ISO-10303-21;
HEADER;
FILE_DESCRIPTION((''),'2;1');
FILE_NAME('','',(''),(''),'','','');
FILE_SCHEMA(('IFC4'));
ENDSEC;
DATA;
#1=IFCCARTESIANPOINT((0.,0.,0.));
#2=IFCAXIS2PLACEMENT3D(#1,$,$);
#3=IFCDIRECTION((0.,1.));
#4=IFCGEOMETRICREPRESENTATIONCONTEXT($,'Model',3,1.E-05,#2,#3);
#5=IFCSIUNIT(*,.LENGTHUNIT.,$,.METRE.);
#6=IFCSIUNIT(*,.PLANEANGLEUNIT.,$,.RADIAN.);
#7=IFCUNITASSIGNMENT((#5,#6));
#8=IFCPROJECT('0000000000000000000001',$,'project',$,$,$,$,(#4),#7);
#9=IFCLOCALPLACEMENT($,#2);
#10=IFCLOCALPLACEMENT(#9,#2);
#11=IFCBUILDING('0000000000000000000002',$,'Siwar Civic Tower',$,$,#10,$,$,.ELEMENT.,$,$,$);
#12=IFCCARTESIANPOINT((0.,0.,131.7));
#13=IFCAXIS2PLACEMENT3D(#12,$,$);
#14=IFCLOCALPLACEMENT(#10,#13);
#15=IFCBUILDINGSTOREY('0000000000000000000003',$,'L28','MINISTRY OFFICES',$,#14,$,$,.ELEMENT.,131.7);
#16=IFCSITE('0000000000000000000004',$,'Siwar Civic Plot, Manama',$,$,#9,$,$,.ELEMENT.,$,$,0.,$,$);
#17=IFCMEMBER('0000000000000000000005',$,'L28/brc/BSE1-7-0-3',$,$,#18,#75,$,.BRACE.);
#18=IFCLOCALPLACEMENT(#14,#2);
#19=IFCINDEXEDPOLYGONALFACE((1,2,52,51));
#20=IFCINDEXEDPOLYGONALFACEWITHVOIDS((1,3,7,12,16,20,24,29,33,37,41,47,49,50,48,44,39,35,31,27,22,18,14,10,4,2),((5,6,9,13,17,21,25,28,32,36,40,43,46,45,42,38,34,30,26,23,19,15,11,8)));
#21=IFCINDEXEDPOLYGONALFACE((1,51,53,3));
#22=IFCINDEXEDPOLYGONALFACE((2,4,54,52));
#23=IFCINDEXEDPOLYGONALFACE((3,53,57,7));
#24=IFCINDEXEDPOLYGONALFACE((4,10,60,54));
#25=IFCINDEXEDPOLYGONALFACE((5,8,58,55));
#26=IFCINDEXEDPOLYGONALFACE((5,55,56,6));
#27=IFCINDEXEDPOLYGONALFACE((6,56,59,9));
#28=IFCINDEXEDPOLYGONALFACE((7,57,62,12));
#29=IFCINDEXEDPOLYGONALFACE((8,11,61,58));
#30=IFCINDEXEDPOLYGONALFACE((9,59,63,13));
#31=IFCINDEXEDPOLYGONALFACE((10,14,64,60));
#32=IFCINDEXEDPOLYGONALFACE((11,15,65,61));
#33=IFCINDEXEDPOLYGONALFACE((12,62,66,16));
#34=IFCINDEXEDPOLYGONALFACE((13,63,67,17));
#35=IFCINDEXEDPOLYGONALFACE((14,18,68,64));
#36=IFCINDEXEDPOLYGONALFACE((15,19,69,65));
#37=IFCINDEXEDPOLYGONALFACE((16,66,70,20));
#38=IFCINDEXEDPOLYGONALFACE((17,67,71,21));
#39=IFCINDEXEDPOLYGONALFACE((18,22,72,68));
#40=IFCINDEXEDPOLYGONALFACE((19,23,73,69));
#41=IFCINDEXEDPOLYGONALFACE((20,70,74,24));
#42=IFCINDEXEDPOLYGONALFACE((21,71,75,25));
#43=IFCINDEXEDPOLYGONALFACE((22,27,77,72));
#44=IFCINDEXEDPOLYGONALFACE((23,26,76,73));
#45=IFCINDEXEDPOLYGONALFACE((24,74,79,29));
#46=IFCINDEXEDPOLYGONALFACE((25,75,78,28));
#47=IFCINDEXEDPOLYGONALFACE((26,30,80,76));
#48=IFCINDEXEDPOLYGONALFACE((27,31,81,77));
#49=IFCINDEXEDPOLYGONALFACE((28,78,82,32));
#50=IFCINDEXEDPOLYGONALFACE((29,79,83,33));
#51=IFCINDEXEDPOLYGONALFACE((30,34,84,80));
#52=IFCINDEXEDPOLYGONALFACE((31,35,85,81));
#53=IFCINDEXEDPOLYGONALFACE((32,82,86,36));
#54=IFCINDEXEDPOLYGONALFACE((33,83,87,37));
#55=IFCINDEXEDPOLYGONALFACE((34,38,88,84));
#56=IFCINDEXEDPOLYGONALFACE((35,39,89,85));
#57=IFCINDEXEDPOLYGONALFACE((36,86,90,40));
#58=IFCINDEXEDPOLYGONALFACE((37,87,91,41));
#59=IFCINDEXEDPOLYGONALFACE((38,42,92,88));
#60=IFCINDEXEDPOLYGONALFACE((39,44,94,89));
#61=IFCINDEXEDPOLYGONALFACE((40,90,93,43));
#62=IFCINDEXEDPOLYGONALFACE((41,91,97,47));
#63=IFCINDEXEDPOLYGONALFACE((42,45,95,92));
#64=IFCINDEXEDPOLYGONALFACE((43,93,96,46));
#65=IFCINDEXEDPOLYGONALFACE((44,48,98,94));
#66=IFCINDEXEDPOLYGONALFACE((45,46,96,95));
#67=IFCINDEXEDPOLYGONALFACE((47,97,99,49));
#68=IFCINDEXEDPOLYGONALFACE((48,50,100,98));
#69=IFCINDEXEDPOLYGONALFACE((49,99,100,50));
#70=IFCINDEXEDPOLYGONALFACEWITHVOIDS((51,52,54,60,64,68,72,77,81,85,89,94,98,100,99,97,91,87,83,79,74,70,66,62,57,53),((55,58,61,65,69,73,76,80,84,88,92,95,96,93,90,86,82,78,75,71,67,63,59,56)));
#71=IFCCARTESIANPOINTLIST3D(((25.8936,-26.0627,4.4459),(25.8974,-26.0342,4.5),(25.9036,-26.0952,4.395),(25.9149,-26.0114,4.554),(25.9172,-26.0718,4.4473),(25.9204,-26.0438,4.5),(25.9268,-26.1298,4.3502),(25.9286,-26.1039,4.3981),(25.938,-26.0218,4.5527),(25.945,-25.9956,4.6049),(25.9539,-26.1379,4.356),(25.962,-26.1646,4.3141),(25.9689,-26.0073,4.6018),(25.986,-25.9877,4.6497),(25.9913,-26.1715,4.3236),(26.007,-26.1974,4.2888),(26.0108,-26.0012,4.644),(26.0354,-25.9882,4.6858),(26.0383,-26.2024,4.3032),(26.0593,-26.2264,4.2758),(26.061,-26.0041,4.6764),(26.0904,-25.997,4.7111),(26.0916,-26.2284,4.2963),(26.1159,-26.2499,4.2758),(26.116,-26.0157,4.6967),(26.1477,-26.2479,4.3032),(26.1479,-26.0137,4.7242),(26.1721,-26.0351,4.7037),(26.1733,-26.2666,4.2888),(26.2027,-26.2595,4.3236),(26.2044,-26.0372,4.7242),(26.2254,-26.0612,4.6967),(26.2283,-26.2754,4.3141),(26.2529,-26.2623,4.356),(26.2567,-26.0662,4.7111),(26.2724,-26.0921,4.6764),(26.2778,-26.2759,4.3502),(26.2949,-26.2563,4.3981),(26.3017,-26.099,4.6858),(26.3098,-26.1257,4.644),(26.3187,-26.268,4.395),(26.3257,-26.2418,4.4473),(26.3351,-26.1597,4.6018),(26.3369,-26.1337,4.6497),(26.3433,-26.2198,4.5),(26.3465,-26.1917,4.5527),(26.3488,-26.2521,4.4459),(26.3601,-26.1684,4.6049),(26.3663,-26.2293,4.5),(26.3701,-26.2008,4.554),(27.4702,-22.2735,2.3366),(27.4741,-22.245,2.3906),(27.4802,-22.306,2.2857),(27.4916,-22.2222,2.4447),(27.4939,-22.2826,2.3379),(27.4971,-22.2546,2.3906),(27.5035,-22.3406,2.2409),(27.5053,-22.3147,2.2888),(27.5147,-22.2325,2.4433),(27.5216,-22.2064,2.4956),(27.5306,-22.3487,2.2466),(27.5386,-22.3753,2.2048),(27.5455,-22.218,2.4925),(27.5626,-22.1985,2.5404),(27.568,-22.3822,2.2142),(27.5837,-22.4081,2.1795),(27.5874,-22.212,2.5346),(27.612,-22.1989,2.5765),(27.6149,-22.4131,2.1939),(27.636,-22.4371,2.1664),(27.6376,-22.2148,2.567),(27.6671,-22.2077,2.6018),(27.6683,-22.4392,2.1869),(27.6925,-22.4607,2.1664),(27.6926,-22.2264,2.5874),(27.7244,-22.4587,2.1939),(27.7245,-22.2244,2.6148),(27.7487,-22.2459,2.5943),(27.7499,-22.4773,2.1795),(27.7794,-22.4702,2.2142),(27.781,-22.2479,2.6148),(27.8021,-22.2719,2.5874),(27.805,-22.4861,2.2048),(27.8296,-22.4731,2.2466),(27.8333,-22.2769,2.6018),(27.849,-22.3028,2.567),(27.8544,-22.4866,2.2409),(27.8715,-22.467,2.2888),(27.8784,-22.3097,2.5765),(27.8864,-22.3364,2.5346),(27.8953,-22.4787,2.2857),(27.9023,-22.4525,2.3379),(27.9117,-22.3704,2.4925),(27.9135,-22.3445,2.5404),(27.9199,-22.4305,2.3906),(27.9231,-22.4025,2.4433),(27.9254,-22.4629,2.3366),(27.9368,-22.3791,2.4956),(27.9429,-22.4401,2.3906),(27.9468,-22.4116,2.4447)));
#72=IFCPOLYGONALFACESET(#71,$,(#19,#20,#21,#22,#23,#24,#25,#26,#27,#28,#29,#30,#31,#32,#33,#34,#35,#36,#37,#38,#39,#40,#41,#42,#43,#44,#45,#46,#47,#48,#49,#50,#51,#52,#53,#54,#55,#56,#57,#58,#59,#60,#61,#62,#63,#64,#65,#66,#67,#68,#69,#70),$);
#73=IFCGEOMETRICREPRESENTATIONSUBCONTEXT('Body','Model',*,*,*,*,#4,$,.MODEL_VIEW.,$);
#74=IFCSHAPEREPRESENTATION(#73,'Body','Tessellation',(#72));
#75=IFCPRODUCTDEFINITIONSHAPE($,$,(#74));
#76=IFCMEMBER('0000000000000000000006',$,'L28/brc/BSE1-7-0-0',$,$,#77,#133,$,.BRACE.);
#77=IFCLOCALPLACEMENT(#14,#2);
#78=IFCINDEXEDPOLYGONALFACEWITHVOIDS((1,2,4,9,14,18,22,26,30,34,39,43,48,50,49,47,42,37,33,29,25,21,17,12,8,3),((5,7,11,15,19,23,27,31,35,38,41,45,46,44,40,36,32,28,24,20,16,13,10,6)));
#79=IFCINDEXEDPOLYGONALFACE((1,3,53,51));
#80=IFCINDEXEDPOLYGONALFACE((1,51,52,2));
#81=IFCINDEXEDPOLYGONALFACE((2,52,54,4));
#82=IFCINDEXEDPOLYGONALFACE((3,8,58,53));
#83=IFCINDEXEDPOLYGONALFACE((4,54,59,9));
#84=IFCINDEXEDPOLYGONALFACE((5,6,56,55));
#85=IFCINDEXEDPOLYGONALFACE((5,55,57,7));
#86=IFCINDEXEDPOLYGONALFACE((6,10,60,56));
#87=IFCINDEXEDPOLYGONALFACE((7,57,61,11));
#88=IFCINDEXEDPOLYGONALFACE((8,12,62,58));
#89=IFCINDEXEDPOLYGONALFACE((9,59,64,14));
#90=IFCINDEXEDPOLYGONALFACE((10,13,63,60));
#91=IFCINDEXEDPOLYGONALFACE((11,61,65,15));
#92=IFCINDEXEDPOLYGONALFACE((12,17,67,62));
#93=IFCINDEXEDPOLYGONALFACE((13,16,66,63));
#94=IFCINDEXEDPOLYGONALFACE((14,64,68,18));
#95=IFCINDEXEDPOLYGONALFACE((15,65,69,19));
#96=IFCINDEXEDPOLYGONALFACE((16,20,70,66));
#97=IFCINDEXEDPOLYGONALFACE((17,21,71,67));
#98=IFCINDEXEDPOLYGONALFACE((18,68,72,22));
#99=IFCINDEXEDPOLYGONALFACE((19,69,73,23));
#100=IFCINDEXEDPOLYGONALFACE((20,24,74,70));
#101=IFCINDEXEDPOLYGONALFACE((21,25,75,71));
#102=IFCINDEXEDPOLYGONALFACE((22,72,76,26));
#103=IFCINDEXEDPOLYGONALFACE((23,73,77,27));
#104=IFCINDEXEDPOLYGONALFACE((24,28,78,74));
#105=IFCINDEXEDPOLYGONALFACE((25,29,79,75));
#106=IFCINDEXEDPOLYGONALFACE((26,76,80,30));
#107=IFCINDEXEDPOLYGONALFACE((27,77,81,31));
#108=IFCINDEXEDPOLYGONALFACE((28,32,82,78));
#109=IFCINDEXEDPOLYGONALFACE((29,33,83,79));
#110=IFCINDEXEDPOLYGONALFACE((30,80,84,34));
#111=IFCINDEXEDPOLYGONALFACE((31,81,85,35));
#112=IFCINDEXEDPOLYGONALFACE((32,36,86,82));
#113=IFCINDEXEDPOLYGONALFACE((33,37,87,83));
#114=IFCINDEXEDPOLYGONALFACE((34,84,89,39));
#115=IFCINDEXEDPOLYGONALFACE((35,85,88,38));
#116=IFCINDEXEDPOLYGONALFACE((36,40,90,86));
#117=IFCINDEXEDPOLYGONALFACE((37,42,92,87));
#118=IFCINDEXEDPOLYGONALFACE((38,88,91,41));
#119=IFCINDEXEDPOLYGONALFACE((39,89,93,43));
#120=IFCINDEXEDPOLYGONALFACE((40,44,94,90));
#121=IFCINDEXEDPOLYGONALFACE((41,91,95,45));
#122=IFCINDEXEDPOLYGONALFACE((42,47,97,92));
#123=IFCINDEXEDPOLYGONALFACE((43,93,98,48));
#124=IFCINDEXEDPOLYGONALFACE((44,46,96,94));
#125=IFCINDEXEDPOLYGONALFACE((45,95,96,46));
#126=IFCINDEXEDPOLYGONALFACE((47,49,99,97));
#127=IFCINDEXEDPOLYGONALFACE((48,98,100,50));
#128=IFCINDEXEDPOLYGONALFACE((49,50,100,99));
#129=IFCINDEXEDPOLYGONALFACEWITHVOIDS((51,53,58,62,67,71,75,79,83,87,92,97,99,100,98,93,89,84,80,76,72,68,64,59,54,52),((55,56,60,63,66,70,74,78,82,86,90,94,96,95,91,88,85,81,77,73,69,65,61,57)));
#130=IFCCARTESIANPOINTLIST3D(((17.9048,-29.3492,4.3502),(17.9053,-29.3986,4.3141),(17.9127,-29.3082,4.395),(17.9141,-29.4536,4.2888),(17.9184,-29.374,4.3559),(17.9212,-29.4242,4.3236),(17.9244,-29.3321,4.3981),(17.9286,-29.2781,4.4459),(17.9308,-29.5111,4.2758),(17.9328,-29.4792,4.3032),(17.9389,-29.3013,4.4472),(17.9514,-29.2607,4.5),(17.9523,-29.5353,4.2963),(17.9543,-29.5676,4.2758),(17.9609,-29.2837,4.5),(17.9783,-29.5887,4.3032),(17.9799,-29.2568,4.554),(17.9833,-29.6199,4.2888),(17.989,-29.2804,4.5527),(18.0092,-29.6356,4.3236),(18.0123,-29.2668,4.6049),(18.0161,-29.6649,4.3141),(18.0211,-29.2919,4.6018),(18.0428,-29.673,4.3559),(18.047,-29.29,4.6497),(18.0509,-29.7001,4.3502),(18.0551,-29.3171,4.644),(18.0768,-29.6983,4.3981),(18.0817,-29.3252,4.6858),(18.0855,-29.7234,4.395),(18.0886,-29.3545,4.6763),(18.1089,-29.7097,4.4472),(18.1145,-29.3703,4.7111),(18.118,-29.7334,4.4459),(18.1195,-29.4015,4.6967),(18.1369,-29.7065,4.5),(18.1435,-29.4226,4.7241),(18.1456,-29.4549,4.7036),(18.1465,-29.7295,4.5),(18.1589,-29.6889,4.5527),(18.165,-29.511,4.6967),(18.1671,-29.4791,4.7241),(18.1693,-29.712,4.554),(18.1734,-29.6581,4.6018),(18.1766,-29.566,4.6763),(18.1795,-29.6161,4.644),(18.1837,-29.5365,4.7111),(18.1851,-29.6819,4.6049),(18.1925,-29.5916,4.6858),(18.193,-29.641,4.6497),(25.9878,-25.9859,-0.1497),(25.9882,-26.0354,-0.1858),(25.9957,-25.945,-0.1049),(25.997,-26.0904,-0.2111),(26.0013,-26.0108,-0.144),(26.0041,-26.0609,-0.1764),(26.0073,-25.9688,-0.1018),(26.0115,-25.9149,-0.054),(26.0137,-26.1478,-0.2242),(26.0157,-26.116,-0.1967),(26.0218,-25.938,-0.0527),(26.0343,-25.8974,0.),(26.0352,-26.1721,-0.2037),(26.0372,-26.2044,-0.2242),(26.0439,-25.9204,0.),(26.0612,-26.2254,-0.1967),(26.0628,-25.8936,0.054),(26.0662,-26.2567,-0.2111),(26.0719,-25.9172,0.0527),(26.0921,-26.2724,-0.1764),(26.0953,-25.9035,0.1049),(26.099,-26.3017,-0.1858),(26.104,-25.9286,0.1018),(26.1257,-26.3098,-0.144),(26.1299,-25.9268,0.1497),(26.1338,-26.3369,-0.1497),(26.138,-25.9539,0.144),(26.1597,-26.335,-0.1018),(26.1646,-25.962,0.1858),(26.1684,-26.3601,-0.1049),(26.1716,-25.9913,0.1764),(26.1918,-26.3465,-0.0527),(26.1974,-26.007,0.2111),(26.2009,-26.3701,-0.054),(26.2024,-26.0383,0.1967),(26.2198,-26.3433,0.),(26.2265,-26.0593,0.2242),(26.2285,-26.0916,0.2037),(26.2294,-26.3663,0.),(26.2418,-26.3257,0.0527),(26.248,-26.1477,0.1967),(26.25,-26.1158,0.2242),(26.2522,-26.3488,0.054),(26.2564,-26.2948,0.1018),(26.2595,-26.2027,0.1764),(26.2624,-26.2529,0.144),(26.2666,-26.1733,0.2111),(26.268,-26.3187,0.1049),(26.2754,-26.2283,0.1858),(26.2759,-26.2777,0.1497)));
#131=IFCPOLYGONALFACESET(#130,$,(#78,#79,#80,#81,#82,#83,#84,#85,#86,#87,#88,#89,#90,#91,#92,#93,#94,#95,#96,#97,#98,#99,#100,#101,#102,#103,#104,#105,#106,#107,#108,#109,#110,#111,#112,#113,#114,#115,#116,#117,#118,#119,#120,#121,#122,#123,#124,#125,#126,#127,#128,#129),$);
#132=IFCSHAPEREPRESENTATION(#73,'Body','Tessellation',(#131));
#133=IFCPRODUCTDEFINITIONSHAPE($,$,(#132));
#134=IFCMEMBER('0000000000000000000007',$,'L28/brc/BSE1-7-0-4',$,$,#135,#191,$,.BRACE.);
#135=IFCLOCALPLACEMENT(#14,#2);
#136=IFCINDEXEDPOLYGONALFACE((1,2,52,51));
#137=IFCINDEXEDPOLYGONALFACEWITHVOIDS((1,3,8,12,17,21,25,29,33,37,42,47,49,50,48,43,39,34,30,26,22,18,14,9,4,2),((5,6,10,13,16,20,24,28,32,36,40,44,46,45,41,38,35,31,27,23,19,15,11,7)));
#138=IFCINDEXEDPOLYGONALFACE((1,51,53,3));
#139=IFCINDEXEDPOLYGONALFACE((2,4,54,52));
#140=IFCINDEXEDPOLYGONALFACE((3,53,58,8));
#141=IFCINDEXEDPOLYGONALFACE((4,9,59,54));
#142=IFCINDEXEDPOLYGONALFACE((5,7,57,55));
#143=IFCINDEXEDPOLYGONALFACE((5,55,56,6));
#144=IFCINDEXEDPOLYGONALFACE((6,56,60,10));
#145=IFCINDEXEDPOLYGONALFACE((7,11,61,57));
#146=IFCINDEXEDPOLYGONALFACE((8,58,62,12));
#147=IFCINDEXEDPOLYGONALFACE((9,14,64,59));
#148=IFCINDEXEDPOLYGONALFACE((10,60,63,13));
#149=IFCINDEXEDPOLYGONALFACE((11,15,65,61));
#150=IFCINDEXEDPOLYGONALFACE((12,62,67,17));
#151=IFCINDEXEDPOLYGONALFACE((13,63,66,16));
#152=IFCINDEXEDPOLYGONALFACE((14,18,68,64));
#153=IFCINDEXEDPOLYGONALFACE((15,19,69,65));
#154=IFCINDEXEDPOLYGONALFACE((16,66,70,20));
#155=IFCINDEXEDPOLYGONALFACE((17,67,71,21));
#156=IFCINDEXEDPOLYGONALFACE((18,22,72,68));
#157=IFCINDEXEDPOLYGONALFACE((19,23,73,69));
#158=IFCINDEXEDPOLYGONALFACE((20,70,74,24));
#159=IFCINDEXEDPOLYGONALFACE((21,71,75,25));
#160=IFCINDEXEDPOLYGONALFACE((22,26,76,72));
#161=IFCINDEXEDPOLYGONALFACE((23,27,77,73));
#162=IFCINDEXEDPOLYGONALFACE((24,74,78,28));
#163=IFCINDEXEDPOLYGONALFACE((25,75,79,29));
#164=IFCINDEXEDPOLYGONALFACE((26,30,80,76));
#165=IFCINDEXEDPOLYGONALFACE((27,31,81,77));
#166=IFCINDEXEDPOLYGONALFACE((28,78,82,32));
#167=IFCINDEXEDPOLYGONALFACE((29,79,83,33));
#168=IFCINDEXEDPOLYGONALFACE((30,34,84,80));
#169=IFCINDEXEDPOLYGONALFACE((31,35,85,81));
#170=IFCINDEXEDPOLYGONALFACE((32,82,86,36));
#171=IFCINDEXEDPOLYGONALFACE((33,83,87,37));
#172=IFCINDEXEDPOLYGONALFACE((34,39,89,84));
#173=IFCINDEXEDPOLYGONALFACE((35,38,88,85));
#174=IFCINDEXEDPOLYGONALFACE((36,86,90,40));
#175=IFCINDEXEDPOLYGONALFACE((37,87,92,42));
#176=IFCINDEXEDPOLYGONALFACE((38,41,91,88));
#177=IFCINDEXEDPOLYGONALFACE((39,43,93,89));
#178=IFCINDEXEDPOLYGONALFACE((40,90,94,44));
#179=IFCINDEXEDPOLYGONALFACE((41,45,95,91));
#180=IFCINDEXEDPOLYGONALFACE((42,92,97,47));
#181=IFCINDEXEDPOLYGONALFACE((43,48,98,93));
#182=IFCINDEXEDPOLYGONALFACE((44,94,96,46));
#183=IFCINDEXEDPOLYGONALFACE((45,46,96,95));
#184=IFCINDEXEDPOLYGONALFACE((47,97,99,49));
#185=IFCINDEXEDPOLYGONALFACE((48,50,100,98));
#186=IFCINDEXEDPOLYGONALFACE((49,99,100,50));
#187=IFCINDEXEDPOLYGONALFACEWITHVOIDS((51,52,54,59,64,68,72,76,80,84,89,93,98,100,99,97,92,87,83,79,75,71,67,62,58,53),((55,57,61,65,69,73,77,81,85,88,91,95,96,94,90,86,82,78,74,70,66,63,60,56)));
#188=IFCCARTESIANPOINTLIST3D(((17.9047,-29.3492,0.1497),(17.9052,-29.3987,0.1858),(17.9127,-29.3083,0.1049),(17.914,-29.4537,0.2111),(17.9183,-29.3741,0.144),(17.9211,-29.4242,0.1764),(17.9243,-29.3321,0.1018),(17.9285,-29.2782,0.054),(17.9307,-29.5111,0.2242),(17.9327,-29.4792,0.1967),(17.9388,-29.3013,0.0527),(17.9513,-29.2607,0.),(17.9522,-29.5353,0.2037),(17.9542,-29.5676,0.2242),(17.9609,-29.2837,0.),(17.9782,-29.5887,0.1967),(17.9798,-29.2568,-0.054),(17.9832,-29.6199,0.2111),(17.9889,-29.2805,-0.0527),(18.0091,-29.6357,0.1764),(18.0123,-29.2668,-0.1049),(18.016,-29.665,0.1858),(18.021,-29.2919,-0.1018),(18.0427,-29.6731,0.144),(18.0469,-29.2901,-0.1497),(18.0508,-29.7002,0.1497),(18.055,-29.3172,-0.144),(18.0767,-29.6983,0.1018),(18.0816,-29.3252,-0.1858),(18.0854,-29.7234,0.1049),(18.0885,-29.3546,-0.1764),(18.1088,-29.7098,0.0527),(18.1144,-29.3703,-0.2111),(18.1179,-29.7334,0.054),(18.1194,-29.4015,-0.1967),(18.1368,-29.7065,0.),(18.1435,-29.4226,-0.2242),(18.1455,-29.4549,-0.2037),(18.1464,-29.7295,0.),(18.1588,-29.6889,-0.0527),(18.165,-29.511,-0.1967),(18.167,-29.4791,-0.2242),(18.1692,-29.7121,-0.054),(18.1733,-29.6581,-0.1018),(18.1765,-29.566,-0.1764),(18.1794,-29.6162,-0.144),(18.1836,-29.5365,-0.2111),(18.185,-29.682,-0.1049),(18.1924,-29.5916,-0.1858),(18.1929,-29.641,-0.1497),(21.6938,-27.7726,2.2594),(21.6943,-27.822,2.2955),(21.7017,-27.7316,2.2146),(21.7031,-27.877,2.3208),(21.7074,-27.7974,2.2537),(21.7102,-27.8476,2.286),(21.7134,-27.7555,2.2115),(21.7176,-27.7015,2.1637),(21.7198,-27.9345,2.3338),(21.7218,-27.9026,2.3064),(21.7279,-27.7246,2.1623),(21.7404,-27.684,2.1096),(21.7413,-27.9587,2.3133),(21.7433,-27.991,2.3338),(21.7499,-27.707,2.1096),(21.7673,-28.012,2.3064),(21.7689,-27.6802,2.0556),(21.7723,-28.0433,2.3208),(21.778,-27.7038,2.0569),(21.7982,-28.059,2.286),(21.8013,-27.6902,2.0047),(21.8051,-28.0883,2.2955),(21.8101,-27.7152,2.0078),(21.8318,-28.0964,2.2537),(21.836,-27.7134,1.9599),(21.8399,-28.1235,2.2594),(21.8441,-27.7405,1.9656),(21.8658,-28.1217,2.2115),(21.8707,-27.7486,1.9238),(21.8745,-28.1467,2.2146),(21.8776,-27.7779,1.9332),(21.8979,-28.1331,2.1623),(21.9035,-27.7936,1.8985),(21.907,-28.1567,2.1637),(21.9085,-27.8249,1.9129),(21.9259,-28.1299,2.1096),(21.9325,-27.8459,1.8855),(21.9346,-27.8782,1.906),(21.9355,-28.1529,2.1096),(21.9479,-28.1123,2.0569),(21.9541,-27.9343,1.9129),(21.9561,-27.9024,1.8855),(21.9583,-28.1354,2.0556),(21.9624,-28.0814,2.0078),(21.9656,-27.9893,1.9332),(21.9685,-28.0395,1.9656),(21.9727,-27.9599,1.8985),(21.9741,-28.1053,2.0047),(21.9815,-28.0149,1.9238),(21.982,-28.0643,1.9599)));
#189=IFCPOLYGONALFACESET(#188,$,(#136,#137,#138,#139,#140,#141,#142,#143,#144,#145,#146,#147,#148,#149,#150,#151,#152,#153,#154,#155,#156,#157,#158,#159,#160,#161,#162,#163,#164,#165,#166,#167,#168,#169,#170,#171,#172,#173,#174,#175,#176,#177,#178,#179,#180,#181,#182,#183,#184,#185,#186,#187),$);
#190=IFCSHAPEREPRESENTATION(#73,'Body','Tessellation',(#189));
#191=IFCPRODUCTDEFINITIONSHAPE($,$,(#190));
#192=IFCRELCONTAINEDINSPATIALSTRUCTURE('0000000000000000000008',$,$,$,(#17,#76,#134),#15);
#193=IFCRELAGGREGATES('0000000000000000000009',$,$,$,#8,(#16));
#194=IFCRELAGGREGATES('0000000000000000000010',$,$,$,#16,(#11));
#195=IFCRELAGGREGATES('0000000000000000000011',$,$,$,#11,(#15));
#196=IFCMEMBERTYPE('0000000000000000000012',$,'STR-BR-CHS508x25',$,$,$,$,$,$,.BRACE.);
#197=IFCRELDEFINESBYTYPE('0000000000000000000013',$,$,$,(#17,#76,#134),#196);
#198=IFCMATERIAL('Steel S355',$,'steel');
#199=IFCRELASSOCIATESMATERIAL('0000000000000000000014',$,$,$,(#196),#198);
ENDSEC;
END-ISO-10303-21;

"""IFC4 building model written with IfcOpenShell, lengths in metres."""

from ifc_helpers import new_model, si_unit, direction, frame, origin, origin_2d, place, context, subcontext, project, spatial, hollow_circle, extrude, material, material_profile, profile_set, type_object, element, save


model = new_model("IFC4")

# Units and contexts
model_context = context("Model", 3, precision=1e-05, world=origin(), true_north=direction((0.0, 1.0)))
body_context = subcontext(model_context, "Body", "Model", "MODEL_VIEW")
ifc_project = project(units=[si_unit("LENGTHUNIT", "METRE"), si_unit("PLANEANGLEUNIT", "RADIAN")], contexts=[model_context])

# Site, building, storey
site_placement = place(None, origin())
site = spatial("IfcSite", under=ifc_project, at=site_placement, Name="Siwar Civic Plot, Manama", CompositionType="ELEMENT", RefElevation=0.0)
building_placement = place(site_placement, origin())
building = spatial("IfcBuilding", under=site, at=building_placement, Name="Siwar Civic Tower", CompositionType="ELEMENT")
storey_placement = place(building_placement, frame((0.0, 0.0, 131.7)))
storey = spatial("IfcBuildingStorey", under=building, at=storey_placement, Name="L28", Description="MINISTRY OFFICES", CompositionType="ELEMENT", Elevation=131.7)

# Members
ifc_material_1 = material(Name="Steel S355", Category="steel")
ifc_material_profile_1 = material_profile(ifc_material_1, hollow_circle(Radius=0.2539, WallThickness=0.0249, at=origin_2d()), Name="CHS508x25")
ifc_profile_set_1 = profile_set([ifc_material_profile_1], Name="Steel S355")
member_type_1 = type_object("IfcMemberType", Name="STR-BR-CHS508x25", PredefinedType="BRACE", material=ifc_profile_set_1)
member_1_placement = place(storey_placement, frame((27.7085, -22.3425, 2.3906), z_axis=(-0.341671, -0.821163, 0.457113), x_axis=(0.923269, -0.384155, 0.0)))
element("IfcMember", 1, at=member_1_placement, inside=storey, type_object=member_type_1, Name="L28/brc/BSE1-7-0-3", PredefinedType="BRACE", context=body_context, shape_type="SweptSolid", body=[
    extrude(hollow_circle(Radius=0.2539, WallThickness=0.0249, at=origin_2d()), origin(), (0.0, 0.0, 1.0), 4.6145),
])
member_2_placement = place(storey_placement, frame((26.1318, -26.1318, 0.0), z_axis=(-0.821143, -0.341671, 0.457149), x_axis=(0.384164, -0.923265, 0.0)))
element("IfcMember", 2, at=member_2_placement, inside=storey, type_object=member_type_1, Name="L28/brc/BSE1-7-0-0", PredefinedType="BRACE", context=body_context, shape_type="SweptSolid", body=[
    extrude(hollow_circle(Radius=0.2539, WallThickness=0.0249, at=origin_2d()), origin(), (0.0, 0.0, 1.0), 9.8435),
])
for number, where, z_axis, x_axis, name in (
    (3, (18.0488, -29.4951, 0.0), (0.821126, 0.341677, 0.457175), (-0.384176, 0.92326, 0.0), "L28/brc/BSE1-7-0-4"),
):
    element("IfcMember", number, at=place(storey_placement, frame(where, z_axis=z_axis, x_axis=x_axis)), inside=storey, type_object=member_type_1, Name=name, PredefinedType="BRACE", context=body_context, shape_type="SweptSolid", body=[
        extrude(hollow_circle(Radius=0.2539, WallThickness=0.0249, at=origin_2d()), origin(), (0.0, 0.0, 1.0), 4.6145),
    ])

save(model, "model.ifc")
